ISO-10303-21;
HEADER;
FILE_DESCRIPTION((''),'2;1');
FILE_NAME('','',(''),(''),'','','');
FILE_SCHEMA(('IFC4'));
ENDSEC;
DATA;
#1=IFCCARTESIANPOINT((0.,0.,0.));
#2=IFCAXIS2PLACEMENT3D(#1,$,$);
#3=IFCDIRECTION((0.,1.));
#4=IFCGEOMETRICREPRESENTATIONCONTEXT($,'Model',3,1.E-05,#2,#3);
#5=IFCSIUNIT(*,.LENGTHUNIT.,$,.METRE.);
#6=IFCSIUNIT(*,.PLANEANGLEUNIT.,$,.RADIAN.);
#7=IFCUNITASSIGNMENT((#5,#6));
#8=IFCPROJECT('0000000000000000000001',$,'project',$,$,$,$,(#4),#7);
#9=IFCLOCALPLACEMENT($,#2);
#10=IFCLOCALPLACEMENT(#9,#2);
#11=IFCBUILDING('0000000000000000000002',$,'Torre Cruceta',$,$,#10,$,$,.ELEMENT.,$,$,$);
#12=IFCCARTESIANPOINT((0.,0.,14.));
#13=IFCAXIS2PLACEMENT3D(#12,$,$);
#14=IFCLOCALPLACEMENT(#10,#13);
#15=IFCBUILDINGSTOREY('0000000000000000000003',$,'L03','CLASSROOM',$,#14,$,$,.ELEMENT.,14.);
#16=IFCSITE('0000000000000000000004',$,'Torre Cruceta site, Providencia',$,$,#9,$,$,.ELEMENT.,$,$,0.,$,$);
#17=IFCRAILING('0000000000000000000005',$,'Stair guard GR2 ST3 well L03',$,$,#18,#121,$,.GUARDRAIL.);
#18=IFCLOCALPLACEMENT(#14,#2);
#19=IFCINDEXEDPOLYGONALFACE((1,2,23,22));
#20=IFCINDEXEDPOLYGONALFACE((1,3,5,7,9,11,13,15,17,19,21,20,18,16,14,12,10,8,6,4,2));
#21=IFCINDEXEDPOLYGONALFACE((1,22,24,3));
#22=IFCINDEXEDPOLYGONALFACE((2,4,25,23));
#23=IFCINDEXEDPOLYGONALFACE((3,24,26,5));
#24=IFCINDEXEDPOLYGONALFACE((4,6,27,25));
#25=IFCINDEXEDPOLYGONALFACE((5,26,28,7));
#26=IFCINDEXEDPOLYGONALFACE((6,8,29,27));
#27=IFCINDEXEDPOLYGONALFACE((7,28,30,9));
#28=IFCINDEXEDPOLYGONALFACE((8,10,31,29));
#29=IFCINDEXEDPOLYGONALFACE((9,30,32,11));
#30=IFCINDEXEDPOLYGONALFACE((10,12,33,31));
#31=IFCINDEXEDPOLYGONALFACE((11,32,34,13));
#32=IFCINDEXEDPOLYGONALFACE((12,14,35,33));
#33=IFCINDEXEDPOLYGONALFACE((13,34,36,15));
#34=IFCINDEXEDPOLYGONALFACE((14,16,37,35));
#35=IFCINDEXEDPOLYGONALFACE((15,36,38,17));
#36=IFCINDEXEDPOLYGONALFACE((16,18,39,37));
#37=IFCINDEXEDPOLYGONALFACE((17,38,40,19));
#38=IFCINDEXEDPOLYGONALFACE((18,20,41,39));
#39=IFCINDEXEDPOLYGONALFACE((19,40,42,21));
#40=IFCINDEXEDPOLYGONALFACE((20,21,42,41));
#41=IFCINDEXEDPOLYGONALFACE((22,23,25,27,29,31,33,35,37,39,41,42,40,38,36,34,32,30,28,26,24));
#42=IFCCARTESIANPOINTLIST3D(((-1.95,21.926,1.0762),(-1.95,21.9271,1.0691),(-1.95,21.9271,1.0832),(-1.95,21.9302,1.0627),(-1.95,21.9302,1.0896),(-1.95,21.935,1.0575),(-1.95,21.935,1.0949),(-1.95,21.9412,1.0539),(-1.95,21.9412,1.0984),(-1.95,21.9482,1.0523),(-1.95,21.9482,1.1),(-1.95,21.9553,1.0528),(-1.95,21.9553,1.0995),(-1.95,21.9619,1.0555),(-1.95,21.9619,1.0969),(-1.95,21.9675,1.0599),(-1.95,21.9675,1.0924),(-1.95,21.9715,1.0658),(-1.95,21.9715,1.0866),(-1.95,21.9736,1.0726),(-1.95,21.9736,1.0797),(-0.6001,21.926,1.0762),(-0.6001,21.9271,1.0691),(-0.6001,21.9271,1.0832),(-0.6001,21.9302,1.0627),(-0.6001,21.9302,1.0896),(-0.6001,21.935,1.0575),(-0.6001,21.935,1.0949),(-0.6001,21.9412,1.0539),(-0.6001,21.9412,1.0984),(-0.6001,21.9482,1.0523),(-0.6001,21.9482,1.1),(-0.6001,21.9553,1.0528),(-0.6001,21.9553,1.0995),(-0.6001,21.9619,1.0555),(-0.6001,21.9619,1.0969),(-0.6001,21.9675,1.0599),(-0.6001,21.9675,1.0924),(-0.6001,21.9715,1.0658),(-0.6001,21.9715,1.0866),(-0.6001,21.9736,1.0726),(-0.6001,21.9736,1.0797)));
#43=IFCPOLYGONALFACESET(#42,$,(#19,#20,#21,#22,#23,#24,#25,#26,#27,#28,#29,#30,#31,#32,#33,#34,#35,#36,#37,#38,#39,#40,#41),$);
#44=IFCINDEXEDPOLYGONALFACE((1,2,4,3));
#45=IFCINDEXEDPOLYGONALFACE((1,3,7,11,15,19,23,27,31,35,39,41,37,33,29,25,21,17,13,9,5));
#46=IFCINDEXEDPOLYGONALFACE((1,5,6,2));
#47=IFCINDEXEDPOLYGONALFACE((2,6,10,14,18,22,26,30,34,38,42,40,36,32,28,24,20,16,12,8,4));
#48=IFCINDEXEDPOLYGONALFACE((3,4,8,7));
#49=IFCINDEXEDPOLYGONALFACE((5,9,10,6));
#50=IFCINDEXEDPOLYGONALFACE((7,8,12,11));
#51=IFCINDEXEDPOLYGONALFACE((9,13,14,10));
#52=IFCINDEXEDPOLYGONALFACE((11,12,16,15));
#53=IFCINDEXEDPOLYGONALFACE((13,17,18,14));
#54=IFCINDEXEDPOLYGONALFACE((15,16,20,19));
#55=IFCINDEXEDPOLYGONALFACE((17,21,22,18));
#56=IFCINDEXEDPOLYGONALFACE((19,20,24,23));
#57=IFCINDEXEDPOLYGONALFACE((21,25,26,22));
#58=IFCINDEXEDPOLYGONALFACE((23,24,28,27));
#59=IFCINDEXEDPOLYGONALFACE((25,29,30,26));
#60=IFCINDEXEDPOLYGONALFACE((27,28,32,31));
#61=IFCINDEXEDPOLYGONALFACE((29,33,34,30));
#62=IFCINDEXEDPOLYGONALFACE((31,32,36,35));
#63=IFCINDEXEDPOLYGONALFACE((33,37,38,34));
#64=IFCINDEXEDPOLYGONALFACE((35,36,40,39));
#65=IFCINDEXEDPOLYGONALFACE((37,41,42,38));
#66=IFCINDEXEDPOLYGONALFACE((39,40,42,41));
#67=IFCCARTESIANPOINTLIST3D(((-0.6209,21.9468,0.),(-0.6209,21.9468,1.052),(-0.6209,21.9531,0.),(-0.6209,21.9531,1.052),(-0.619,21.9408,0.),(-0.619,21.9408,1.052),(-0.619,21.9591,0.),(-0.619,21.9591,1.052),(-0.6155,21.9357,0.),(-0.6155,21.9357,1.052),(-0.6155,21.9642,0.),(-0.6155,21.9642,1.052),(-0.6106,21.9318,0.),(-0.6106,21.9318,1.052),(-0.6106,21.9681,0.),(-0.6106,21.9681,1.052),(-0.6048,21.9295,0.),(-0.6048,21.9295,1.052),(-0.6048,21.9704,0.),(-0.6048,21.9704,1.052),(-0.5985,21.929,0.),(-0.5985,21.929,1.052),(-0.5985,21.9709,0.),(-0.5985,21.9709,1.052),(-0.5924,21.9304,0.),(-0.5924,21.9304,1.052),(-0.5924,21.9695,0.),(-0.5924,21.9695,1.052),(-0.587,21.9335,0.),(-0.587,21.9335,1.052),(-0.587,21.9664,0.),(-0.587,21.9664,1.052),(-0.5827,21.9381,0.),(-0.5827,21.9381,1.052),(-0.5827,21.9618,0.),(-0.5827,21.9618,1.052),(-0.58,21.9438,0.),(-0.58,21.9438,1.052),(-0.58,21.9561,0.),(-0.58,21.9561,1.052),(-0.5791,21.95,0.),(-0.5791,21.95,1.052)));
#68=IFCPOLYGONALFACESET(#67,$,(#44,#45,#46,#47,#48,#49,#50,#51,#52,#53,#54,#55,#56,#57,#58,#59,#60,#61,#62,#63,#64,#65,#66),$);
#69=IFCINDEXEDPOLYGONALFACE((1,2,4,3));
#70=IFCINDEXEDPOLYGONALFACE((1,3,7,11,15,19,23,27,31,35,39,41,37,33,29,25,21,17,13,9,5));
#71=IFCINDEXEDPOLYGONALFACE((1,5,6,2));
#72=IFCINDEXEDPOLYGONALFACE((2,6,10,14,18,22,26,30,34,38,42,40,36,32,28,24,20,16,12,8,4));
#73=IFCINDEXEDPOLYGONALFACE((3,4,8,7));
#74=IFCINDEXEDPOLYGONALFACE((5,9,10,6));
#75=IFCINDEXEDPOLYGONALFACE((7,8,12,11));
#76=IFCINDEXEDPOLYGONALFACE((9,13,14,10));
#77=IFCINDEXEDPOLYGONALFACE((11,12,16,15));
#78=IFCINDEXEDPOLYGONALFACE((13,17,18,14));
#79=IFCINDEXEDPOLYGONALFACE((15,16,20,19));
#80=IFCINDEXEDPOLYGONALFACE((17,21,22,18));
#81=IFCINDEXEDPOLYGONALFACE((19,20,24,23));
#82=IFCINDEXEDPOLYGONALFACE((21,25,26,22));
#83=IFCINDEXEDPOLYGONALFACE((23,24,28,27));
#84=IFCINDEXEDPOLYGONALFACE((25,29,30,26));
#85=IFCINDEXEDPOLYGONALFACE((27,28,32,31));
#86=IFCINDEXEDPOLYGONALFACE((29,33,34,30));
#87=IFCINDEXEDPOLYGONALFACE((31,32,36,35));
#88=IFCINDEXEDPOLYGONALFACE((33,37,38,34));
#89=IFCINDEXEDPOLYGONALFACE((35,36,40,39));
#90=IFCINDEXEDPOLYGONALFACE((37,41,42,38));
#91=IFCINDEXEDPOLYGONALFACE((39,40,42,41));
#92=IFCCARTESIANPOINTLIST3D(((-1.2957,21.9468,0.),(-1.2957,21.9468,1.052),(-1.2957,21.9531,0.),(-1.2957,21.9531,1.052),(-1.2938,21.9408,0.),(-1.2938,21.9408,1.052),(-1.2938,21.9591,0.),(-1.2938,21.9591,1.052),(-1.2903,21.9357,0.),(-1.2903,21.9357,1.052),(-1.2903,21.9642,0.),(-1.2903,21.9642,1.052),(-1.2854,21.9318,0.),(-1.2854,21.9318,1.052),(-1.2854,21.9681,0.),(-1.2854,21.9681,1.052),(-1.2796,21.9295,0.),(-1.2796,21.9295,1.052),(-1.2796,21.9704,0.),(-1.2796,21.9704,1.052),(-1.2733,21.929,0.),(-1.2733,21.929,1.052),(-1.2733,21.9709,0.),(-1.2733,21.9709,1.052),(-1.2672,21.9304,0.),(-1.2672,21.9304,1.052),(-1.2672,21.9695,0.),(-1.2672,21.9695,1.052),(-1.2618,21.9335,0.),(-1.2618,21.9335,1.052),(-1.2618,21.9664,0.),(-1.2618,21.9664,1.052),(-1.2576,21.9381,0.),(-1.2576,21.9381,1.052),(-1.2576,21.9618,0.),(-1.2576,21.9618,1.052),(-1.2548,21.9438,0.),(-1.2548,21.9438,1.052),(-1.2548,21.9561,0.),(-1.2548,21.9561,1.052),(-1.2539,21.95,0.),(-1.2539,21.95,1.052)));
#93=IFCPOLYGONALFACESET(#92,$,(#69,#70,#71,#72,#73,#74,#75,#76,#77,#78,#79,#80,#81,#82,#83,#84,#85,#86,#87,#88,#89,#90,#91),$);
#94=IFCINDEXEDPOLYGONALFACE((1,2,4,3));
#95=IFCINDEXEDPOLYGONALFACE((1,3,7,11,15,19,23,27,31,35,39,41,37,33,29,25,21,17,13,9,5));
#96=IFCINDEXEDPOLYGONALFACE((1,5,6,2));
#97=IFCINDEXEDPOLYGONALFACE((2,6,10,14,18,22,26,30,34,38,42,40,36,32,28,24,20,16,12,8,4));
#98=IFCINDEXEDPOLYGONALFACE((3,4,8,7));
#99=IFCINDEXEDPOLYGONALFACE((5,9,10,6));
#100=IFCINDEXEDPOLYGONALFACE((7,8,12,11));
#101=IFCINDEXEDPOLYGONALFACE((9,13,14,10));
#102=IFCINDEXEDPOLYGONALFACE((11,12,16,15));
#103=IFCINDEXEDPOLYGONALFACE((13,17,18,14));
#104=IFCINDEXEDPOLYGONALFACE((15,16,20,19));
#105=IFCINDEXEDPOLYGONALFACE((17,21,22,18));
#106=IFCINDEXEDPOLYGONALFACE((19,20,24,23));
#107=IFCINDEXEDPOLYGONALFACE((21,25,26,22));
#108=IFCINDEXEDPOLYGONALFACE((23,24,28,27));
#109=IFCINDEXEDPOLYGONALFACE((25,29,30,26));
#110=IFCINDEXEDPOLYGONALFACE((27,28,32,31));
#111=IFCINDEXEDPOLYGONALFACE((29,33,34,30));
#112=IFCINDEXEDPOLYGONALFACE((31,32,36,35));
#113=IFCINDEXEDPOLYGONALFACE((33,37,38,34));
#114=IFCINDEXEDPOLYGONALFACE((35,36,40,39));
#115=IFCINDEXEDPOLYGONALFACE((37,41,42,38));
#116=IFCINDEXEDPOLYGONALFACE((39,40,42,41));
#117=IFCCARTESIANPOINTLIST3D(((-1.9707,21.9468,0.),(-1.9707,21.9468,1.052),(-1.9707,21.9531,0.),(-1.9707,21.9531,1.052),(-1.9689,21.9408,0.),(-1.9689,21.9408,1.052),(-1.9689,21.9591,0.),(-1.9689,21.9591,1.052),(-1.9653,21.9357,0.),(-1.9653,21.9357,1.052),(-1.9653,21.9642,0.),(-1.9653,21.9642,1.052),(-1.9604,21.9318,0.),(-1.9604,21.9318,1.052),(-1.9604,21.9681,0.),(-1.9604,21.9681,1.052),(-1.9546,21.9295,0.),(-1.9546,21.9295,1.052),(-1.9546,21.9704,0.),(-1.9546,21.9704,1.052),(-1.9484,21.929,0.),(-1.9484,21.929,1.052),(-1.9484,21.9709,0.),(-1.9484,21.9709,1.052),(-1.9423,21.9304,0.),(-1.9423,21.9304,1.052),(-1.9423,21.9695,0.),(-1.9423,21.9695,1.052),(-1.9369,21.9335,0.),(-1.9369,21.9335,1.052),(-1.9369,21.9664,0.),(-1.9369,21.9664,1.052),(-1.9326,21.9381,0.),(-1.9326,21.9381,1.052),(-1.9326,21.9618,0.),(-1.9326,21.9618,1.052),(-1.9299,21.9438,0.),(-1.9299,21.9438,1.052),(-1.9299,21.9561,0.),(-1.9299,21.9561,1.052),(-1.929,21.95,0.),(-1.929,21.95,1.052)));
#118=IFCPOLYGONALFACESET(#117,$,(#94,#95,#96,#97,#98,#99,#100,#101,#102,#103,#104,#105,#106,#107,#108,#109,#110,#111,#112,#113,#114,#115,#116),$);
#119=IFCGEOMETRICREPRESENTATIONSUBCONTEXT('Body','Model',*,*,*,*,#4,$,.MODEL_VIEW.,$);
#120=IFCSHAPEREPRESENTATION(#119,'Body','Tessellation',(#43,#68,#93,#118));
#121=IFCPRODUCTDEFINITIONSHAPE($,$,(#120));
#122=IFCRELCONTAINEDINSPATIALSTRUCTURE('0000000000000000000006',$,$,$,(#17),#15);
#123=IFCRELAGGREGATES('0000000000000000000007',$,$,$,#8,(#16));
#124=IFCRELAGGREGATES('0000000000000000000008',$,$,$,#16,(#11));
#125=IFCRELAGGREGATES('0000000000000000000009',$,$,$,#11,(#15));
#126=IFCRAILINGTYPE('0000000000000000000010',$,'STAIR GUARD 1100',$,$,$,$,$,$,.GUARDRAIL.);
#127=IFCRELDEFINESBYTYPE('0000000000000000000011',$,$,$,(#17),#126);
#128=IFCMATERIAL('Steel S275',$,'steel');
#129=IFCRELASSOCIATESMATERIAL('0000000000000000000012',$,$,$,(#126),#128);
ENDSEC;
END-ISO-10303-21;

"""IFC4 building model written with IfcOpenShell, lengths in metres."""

from ifc_helpers import new_model, si_unit, direction, frame, origin, origin_2d, place, context, subcontext, project, spatial, circle, extrude, material, type_object, element, save


model = new_model("IFC4")

# Units and contexts
model_context = context("Model", 3, precision=1e-05, world=origin(), true_north=direction((0.0, 1.0)))
body_context = subcontext(model_context, "Body", "Model", "MODEL_VIEW")
ifc_project = project(units=[si_unit("LENGTHUNIT", "METRE"), si_unit("PLANEANGLEUNIT", "RADIAN")], contexts=[model_context])

# Site, building, storey
site_placement = place(None, origin())
site = spatial("IfcSite", under=ifc_project, at=site_placement, Name="Torre Cruceta site, Providencia", CompositionType="ELEMENT", RefElevation=0.0)
building_placement = place(site_placement, origin())
building = spatial("IfcBuilding", under=site, at=building_placement, Name="Torre Cruceta", CompositionType="ELEMENT")
storey_placement = place(building_placement, frame((0.0, 0.0, 14.0)))
storey = spatial("IfcBuildingStorey", under=building, at=storey_placement, Name="L03", Description="CLASSROOM", CompositionType="ELEMENT", Elevation=14.0)

# Railing
ifc_material_1 = material(Name="Steel S275", Category="steel")
railing_type = type_object("IfcRailingType", Name="STAIR GUARD 1100", PredefinedType="GUARDRAIL", material=ifc_material_1)
railing_1_placement = place(storey_placement, frame((-0.6001, 21.95, 0.0)))
element("IfcRailing", 1, at=railing_1_placement, inside=storey, type_object=railing_type, Name="Stair guard GR2 ST3 well L03", PredefinedType="GUARDRAIL", context=body_context, shape_type="SweptSolid", body=[
    extrude(circle(Radius=0.0239, at=origin_2d()), frame((0.0, 0.0, 1.0762), z_axis=(-1.0, 0.0, 0.0), x_axis=(0.0, -1.0, 0.0)), (0.0, 0.0, 1.0), 1.3499),
    extrude(circle(Radius=0.021, at=origin_2d()), origin(), (0.0, 0.0, 1.0), 1.052),
    extrude(circle(Radius=0.021, at=origin_2d()), frame((-0.6748, 0.0, 0.0)), (0.0, 0.0, 1.0), 1.052),
    extrude(circle(Radius=0.021, at=origin_2d()), frame((-1.3499, 0.0, 0.0)), (0.0, 0.0, 1.0), 1.052),
])

save(model, "model.ifc")
